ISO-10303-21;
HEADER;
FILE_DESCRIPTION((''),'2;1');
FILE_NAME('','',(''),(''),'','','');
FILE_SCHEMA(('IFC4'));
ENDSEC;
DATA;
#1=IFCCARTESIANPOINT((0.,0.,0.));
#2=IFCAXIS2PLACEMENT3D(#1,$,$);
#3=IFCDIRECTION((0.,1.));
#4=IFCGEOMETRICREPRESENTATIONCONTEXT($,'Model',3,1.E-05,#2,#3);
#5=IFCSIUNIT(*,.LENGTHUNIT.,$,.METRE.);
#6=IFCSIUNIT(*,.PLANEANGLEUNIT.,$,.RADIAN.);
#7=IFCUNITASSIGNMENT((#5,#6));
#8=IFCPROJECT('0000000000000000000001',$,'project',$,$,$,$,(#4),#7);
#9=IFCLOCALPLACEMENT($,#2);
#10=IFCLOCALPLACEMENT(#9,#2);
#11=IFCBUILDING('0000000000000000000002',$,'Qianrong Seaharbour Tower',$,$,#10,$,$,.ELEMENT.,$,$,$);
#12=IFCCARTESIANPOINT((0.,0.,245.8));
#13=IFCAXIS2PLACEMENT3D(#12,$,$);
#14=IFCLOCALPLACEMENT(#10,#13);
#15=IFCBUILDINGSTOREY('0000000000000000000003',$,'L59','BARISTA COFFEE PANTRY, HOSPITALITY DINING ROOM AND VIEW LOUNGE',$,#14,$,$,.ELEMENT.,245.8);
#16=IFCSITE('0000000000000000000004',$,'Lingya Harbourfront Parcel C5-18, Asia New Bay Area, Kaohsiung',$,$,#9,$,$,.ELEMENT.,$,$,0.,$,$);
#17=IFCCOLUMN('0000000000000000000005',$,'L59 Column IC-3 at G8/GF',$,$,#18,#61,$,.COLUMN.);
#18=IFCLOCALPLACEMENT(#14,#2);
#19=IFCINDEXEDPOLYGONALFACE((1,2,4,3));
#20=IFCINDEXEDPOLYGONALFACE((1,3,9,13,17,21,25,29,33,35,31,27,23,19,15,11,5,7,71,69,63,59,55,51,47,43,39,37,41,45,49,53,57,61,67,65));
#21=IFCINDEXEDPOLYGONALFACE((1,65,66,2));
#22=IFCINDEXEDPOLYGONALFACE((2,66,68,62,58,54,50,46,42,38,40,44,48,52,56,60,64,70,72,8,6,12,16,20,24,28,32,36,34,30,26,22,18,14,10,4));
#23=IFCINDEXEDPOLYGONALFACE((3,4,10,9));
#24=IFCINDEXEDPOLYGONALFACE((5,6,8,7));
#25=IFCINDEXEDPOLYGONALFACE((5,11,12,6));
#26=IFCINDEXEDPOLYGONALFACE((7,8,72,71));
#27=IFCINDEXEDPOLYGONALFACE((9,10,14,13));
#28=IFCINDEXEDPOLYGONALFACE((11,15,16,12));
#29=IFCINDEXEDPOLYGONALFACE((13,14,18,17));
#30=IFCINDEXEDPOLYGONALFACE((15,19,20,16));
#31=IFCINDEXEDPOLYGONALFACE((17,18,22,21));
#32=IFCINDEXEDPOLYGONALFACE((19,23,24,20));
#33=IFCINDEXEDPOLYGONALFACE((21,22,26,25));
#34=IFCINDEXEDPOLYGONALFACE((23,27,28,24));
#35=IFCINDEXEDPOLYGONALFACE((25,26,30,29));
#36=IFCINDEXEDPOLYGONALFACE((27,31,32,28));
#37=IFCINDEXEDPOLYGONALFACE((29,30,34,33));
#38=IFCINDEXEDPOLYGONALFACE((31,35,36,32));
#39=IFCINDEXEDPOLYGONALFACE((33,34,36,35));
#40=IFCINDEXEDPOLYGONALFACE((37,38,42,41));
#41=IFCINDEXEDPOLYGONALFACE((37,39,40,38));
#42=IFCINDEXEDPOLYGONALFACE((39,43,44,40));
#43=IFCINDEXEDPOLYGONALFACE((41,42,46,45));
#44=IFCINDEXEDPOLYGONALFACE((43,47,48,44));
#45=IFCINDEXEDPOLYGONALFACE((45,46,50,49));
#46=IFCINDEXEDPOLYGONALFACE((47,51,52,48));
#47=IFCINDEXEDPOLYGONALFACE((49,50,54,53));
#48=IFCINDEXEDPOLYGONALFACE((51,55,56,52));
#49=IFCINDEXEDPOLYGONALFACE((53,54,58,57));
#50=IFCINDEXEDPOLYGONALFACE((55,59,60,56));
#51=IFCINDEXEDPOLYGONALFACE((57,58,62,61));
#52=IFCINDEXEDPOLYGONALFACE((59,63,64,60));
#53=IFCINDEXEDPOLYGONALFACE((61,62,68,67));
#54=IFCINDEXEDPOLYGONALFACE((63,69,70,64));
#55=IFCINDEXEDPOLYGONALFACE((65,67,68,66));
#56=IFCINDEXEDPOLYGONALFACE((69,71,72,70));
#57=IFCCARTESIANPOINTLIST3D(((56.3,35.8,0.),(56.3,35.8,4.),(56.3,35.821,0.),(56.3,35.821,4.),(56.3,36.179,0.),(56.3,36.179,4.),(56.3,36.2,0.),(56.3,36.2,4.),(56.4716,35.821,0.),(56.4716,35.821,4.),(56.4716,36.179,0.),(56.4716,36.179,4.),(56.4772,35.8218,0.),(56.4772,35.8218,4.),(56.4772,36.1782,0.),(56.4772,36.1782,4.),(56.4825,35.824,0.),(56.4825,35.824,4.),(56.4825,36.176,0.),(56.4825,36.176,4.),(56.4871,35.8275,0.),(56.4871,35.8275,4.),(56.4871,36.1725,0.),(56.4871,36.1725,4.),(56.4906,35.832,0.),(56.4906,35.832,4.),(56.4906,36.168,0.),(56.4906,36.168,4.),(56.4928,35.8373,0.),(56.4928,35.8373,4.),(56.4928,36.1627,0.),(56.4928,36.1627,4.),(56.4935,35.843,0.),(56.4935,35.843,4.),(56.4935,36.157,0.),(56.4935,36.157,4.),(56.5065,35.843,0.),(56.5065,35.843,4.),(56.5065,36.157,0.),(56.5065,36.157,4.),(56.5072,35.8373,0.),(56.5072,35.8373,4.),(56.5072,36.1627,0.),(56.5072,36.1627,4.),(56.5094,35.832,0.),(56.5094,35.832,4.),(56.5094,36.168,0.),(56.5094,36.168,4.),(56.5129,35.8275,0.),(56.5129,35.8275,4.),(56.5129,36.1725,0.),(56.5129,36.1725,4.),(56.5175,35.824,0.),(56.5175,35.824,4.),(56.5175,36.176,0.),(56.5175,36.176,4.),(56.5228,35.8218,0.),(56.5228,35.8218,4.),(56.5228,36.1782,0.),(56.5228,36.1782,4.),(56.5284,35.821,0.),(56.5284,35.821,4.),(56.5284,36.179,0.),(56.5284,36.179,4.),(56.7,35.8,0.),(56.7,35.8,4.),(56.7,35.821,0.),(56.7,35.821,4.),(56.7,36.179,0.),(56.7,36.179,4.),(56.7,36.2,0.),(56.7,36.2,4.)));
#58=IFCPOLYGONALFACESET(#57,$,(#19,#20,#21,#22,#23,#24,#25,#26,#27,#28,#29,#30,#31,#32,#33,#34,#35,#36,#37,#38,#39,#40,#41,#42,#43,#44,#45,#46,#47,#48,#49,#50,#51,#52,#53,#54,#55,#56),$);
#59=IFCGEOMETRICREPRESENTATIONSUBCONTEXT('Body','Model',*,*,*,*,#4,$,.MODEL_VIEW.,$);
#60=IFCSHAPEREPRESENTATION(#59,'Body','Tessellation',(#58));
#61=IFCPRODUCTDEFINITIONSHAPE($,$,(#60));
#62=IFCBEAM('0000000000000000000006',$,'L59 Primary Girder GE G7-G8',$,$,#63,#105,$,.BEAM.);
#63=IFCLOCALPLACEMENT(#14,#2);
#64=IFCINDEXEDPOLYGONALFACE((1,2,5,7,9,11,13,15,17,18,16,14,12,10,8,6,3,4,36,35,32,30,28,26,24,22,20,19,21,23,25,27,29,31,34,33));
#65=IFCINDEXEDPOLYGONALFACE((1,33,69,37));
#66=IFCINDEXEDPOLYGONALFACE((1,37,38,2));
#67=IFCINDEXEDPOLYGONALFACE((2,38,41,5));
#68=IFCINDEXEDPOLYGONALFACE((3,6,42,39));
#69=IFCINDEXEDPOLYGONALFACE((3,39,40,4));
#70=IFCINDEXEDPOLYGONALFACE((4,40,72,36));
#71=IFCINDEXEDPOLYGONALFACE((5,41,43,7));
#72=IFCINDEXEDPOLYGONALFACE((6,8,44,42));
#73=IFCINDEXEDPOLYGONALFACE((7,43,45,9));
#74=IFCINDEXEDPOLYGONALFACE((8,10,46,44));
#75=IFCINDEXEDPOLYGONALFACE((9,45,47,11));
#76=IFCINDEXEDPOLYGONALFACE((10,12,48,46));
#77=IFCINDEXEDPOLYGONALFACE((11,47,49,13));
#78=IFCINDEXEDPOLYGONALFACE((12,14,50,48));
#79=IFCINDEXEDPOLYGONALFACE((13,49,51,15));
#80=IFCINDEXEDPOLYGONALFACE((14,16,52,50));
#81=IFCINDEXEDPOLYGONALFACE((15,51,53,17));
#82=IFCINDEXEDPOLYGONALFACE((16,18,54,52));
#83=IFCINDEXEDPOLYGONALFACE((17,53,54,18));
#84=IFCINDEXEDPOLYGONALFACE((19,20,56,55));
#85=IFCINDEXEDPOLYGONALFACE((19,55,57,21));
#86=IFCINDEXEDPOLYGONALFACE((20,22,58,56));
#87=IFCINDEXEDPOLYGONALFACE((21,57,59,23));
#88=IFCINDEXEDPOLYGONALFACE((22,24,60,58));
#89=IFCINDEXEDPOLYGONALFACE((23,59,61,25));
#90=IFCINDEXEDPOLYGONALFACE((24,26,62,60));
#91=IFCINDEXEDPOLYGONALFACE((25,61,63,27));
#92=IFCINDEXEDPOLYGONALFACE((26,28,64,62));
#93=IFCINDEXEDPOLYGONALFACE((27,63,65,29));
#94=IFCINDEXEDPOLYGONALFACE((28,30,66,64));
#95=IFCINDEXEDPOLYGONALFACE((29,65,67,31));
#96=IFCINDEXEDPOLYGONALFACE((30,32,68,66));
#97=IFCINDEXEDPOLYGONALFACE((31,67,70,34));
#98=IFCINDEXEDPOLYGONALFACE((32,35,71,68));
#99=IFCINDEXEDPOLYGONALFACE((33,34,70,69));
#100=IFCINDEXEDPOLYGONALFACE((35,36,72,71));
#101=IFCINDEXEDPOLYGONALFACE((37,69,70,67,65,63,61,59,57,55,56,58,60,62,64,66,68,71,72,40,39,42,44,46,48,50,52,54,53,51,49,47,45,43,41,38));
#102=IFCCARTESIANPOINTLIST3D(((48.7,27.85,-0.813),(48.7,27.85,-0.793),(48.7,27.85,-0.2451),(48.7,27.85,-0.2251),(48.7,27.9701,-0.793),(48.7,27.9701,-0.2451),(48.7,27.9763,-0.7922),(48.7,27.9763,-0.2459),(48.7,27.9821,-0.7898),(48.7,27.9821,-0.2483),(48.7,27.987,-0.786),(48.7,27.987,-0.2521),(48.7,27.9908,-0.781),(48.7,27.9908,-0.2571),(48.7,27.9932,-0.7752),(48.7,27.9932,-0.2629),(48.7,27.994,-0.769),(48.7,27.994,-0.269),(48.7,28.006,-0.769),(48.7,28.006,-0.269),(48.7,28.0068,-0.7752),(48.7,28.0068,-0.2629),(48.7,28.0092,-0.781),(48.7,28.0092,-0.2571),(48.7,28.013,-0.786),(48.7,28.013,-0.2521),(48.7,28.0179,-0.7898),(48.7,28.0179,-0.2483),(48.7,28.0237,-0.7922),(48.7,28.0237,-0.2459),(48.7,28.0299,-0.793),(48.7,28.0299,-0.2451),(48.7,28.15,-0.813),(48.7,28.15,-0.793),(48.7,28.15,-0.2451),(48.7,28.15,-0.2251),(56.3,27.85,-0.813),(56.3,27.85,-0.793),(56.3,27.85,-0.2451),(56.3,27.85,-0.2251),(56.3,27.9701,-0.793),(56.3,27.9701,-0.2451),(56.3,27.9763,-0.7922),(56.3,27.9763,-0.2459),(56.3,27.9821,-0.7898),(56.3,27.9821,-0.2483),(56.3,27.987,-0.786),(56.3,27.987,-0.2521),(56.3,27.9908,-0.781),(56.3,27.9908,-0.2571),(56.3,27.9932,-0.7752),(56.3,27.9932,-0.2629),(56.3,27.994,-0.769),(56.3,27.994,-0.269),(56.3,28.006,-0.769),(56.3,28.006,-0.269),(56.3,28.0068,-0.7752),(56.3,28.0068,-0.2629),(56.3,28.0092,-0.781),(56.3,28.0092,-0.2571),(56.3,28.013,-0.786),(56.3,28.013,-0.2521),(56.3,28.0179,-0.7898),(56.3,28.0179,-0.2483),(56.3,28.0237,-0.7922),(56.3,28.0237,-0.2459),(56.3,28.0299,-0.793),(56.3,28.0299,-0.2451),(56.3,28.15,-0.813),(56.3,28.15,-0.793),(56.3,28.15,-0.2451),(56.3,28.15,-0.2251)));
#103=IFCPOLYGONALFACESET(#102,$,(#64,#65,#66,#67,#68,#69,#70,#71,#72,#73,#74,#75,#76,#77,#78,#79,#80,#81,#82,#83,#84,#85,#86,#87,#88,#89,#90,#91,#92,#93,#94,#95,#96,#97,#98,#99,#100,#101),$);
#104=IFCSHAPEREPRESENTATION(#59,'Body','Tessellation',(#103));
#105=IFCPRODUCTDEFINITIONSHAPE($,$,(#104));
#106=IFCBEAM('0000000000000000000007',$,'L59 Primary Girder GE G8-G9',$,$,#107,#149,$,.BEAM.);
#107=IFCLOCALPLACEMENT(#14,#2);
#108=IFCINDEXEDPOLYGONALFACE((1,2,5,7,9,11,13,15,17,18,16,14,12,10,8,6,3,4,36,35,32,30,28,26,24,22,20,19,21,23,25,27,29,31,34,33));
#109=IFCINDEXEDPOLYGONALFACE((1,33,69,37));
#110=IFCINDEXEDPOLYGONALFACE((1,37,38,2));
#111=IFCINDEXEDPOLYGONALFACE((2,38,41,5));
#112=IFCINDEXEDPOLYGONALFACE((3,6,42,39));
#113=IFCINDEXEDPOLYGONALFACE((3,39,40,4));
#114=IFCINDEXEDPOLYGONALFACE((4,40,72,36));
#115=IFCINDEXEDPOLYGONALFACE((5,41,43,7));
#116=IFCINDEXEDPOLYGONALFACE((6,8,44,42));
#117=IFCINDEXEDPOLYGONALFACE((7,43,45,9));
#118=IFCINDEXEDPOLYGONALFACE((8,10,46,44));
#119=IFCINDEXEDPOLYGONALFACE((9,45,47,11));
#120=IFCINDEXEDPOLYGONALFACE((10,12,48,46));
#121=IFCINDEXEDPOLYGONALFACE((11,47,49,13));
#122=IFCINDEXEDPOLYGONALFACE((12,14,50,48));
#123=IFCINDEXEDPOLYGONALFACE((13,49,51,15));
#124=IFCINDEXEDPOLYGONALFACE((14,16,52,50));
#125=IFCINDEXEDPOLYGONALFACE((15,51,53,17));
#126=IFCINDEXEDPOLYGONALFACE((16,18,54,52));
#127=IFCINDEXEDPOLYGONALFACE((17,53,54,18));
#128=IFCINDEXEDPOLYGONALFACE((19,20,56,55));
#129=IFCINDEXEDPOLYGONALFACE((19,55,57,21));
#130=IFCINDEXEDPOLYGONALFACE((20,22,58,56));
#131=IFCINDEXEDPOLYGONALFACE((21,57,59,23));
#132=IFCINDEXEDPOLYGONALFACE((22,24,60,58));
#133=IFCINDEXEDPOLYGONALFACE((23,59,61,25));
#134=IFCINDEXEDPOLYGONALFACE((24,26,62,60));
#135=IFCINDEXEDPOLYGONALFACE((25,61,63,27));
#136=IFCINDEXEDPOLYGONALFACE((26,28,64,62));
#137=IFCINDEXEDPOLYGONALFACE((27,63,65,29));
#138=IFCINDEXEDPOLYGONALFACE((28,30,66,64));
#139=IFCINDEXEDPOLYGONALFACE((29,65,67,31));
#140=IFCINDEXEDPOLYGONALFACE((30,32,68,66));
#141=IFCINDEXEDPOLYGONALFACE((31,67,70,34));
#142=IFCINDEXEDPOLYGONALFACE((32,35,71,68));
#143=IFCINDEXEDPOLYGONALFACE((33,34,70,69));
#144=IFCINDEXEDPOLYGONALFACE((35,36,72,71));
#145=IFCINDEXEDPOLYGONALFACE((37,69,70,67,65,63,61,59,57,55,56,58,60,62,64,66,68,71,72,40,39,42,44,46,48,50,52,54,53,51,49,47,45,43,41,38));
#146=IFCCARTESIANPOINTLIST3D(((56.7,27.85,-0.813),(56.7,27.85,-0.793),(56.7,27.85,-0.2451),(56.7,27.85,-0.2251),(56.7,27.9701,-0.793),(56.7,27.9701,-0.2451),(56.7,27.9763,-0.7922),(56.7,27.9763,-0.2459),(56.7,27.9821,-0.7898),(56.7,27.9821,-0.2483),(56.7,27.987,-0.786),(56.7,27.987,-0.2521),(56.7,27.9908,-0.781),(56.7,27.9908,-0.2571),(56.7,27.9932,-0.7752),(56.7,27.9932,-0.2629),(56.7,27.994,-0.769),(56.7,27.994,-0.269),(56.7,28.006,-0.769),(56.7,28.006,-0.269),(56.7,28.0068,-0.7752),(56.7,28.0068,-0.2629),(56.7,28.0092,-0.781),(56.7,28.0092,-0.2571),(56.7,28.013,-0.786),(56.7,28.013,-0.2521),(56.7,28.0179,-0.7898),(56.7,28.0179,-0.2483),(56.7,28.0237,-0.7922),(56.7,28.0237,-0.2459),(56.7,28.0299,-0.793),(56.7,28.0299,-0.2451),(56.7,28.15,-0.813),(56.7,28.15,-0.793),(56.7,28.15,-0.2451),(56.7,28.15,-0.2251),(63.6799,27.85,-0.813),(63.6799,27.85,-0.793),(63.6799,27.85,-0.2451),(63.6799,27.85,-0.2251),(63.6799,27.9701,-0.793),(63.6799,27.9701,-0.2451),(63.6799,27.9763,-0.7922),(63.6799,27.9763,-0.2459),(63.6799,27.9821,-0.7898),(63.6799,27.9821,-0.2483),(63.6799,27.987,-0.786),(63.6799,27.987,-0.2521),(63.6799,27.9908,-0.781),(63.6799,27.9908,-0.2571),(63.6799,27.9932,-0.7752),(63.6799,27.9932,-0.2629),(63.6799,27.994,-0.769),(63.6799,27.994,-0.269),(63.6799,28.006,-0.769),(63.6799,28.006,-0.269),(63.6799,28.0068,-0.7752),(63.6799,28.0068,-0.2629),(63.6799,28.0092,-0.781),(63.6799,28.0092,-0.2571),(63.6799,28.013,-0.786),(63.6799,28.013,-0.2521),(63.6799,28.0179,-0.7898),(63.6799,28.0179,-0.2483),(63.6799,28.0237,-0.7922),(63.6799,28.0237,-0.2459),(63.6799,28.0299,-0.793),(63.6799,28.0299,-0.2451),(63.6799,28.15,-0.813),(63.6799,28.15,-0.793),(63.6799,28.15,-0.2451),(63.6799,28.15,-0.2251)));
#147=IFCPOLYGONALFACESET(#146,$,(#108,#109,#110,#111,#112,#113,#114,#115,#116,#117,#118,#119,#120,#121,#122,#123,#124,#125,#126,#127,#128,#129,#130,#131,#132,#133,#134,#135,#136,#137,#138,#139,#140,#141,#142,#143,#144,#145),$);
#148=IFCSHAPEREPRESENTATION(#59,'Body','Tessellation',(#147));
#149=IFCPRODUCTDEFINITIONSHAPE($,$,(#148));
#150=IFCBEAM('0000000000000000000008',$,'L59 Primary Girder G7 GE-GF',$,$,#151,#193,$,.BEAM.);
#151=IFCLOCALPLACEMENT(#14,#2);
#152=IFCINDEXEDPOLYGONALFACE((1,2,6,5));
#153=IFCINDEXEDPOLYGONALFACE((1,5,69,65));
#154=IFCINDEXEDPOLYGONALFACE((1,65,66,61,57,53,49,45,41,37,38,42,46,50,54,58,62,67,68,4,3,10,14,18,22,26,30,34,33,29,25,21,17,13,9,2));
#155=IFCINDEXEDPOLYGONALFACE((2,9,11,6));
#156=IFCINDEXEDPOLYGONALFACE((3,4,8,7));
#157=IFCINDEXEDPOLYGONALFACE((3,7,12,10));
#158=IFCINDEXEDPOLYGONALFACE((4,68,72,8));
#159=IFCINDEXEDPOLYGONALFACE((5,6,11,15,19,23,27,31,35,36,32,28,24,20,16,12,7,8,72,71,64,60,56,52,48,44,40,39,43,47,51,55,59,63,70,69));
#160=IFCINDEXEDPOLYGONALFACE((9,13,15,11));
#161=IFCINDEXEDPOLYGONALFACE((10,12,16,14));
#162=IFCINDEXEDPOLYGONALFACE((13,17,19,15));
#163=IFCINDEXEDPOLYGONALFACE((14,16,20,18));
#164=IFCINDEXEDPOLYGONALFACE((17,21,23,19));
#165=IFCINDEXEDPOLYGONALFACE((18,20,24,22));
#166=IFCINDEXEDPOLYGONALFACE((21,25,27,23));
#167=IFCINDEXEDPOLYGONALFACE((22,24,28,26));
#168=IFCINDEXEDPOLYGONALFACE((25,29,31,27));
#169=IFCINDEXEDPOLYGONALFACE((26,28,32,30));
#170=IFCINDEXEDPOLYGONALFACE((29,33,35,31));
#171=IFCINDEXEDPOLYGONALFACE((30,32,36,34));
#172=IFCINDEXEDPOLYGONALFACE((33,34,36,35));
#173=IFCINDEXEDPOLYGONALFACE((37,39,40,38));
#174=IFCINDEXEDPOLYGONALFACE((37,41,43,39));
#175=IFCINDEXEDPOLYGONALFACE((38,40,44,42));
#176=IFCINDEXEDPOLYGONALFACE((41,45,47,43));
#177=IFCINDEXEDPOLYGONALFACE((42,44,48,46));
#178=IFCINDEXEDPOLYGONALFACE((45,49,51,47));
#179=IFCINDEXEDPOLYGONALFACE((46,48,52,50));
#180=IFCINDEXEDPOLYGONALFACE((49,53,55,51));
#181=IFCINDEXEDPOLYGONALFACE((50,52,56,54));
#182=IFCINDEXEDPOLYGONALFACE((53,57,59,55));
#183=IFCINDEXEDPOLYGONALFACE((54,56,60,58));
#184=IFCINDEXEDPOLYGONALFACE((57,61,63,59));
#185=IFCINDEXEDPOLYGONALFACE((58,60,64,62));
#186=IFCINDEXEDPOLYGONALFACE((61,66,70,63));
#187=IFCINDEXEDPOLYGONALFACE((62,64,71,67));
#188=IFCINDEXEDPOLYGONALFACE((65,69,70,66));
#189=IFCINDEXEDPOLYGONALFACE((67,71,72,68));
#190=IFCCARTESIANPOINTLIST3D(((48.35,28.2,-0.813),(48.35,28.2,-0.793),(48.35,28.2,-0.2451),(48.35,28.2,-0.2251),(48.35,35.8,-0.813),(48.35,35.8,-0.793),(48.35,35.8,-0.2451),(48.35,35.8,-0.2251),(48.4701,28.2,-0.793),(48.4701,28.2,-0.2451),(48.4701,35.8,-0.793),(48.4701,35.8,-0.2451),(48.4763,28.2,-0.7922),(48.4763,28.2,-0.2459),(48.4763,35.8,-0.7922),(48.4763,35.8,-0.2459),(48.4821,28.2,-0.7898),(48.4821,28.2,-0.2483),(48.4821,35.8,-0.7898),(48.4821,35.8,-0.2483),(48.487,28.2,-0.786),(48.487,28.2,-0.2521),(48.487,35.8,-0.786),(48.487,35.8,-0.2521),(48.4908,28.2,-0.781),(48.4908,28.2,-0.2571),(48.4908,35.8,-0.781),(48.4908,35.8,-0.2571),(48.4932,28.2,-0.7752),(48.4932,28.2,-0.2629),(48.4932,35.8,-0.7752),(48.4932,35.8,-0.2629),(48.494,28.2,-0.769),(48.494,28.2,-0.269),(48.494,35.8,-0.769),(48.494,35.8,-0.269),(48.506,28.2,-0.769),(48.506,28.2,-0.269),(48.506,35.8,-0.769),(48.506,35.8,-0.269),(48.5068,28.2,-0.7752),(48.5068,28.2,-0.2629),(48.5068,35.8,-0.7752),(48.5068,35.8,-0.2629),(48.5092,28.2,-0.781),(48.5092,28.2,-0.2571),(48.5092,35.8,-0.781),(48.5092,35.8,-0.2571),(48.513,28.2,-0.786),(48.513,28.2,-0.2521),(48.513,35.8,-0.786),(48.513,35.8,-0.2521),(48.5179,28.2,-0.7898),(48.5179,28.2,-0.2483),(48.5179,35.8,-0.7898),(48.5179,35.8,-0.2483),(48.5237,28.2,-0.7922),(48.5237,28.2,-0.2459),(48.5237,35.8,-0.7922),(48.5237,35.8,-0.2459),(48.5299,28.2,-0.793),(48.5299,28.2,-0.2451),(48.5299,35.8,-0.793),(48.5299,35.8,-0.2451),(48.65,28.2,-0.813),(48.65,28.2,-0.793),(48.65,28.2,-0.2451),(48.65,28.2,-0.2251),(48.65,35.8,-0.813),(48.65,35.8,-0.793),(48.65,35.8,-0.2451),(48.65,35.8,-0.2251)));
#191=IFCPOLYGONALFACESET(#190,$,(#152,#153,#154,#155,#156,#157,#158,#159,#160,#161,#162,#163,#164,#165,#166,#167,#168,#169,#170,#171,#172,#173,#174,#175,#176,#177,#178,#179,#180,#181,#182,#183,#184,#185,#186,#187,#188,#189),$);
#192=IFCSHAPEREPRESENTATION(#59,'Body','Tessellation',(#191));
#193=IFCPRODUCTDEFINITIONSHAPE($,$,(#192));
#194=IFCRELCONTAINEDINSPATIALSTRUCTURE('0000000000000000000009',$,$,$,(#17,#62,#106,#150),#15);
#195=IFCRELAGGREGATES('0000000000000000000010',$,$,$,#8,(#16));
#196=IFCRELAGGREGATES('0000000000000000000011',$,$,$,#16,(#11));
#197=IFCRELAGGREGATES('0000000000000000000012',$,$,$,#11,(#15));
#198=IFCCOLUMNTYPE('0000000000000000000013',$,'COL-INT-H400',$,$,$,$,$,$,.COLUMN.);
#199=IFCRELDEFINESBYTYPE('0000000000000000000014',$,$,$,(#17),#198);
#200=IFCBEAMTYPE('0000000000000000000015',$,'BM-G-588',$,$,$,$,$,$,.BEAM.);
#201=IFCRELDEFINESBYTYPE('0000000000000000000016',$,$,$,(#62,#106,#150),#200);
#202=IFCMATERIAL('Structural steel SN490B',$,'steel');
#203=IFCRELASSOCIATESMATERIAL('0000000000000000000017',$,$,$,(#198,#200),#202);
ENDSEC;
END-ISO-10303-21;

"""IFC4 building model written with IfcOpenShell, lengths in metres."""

from ifc_helpers import new_model, si_unit, direction, frame, origin, origin_2d, place, context, subcontext, project, spatial, i_section, extrude, material, material_profile, profile_set, type_object, element, save


model = new_model("IFC4")

# Units and contexts
model_context = context("Model", 3, precision=1e-05, world=origin(), true_north=direction((0.0, 1.0)))
body_context = subcontext(model_context, "Body", "Model", "MODEL_VIEW")
ifc_project = project(units=[si_unit("LENGTHUNIT", "METRE"), si_unit("PLANEANGLEUNIT", "RADIAN")], contexts=[model_context])

# Site, building, storey
site_placement = place(None, origin())
site = spatial("IfcSite", under=ifc_project, at=site_placement, Name="Lingya Harbourfront Parcel C5-18, Asia New Bay Area, Kaohsiung", CompositionType="ELEMENT", RefElevation=0.0)
building_placement = place(site_placement, origin())
building = spatial("IfcBuilding", under=site, at=building_placement, Name="Qianrong Seaharbour Tower", CompositionType="ELEMENT")
storey_placement = place(building_placement, frame((0.0, 0.0, 245.8)))
storey = spatial("IfcBuildingStorey", under=building, at=storey_placement, Name="L59", Description="BARISTA COFFEE PANTRY, HOSPITALITY DINING ROOM AND VIEW LOUNGE", CompositionType="ELEMENT", Elevation=245.8)

# Column
ifc_material_1 = material(Name="Structural steel SN490B", Category="steel")
ifc_material_profile_1 = material_profile(ifc_material_1, i_section(OverallWidth=0.3999, OverallDepth=0.3999, WebThickness=0.0129, FlangeThickness=0.021, FilletRadius=0.022, at=origin_2d()), Name="H400x400x13x21")
ifc_profile_set_1 = profile_set([ifc_material_profile_1], Name="Structural steel SN490B")
column_type_1 = type_object("IfcColumnType", Name="COL-INT-H400", PredefinedType="COLUMN", material=ifc_profile_set_1)
for number, where, z_axis, x_axis, name in (
    (1, (56.5, 36.0, 0.0), (0.0, 0.0, 1.0), (1.0, 0.0, 0.0), "L59 Column IC-3 at G8/GF"),
):
    element("IfcColumn", number, at=place(storey_placement, frame(where, z_axis=z_axis, x_axis=x_axis)), inside=storey, type_object=column_type_1, Name=name, PredefinedType="COLUMN", context=body_context, shape_type="SweptSolid", body=[
        extrude(i_section(OverallWidth=0.3999, OverallDepth=0.3999, WebThickness=0.0129, FlangeThickness=0.021, FilletRadius=0.022, at=origin_2d()), origin(), (0.0, 0.0, 1.0), 4.0),
    ])

# Beams
ifc_material_profile_2 = material_profile(ifc_material_1, i_section(OverallWidth=0.3, OverallDepth=0.5879, WebThickness=0.012, FlangeThickness=0.02, FilletRadius=0.0239, at=origin_2d()), Name="H588x300x12x20")
ifc_profile_set_2 = profile_set([ifc_material_profile_2], Name="Structural steel SN490B")
beam_type_1 = type_object("IfcBeamType", Name="BM-G-588", PredefinedType="BEAM", material=ifc_profile_set_2)
beam_1_placement = place(storey_placement, frame((48.7, 28.0, -0.519), z_axis=(1.0, 0.0, 0.0), x_axis=(0.0, 1.0, 0.0)))
element("IfcBeam", 2, at=beam_1_placement, inside=storey, type_object=beam_type_1, Name="L59 Primary Girder GE G7-G8", PredefinedType="BEAM", context=body_context, shape_type="SweptSolid", body=[
    extrude(i_section(OverallWidth=0.3, OverallDepth=0.5879, WebThickness=0.012, FlangeThickness=0.02, FilletRadius=0.0239, at=origin_2d()), origin(), (0.0, 0.0, 1.0), 7.6001),
])
beam_2_placement = place(storey_placement, frame((56.7, 28.0, -0.519), z_axis=(1.0, 0.0, 0.0), x_axis=(0.0, 1.0, 0.0)))
element("IfcBeam", 3, at=beam_2_placement, inside=storey, type_object=beam_type_1, Name="L59 Primary Girder GE G8-G9", PredefinedType="BEAM", context=body_context, shape_type="SweptSolid", body=[
    extrude(i_section(OverallWidth=0.3, OverallDepth=0.5879, WebThickness=0.012, FlangeThickness=0.02, FilletRadius=0.0239, at=origin_2d()), origin(), (0.0, 0.0, 1.0), 6.98),
])
for number, where, z_axis, x_axis, name in (
    (4, (48.5, 28.2, -0.519), (0.0, 1.0, 0.0), (-1.0, 0.0, 0.0), "L59 Primary Girder G7 GE-GF"),
):
    element("IfcBeam", number, at=place(storey_placement, frame(where, z_axis=z_axis, x_axis=x_axis)), inside=storey, type_object=beam_type_1, Name=name, PredefinedType="BEAM", context=body_context, shape_type="SweptSolid", body=[
        extrude(i_section(OverallWidth=0.3, OverallDepth=0.5879, WebThickness=0.012, FlangeThickness=0.02, FilletRadius=0.0239, at=origin_2d()), origin(), (0.0, 0.0, 1.0), 7.6001),
    ])

save(model, "model.ifc")
